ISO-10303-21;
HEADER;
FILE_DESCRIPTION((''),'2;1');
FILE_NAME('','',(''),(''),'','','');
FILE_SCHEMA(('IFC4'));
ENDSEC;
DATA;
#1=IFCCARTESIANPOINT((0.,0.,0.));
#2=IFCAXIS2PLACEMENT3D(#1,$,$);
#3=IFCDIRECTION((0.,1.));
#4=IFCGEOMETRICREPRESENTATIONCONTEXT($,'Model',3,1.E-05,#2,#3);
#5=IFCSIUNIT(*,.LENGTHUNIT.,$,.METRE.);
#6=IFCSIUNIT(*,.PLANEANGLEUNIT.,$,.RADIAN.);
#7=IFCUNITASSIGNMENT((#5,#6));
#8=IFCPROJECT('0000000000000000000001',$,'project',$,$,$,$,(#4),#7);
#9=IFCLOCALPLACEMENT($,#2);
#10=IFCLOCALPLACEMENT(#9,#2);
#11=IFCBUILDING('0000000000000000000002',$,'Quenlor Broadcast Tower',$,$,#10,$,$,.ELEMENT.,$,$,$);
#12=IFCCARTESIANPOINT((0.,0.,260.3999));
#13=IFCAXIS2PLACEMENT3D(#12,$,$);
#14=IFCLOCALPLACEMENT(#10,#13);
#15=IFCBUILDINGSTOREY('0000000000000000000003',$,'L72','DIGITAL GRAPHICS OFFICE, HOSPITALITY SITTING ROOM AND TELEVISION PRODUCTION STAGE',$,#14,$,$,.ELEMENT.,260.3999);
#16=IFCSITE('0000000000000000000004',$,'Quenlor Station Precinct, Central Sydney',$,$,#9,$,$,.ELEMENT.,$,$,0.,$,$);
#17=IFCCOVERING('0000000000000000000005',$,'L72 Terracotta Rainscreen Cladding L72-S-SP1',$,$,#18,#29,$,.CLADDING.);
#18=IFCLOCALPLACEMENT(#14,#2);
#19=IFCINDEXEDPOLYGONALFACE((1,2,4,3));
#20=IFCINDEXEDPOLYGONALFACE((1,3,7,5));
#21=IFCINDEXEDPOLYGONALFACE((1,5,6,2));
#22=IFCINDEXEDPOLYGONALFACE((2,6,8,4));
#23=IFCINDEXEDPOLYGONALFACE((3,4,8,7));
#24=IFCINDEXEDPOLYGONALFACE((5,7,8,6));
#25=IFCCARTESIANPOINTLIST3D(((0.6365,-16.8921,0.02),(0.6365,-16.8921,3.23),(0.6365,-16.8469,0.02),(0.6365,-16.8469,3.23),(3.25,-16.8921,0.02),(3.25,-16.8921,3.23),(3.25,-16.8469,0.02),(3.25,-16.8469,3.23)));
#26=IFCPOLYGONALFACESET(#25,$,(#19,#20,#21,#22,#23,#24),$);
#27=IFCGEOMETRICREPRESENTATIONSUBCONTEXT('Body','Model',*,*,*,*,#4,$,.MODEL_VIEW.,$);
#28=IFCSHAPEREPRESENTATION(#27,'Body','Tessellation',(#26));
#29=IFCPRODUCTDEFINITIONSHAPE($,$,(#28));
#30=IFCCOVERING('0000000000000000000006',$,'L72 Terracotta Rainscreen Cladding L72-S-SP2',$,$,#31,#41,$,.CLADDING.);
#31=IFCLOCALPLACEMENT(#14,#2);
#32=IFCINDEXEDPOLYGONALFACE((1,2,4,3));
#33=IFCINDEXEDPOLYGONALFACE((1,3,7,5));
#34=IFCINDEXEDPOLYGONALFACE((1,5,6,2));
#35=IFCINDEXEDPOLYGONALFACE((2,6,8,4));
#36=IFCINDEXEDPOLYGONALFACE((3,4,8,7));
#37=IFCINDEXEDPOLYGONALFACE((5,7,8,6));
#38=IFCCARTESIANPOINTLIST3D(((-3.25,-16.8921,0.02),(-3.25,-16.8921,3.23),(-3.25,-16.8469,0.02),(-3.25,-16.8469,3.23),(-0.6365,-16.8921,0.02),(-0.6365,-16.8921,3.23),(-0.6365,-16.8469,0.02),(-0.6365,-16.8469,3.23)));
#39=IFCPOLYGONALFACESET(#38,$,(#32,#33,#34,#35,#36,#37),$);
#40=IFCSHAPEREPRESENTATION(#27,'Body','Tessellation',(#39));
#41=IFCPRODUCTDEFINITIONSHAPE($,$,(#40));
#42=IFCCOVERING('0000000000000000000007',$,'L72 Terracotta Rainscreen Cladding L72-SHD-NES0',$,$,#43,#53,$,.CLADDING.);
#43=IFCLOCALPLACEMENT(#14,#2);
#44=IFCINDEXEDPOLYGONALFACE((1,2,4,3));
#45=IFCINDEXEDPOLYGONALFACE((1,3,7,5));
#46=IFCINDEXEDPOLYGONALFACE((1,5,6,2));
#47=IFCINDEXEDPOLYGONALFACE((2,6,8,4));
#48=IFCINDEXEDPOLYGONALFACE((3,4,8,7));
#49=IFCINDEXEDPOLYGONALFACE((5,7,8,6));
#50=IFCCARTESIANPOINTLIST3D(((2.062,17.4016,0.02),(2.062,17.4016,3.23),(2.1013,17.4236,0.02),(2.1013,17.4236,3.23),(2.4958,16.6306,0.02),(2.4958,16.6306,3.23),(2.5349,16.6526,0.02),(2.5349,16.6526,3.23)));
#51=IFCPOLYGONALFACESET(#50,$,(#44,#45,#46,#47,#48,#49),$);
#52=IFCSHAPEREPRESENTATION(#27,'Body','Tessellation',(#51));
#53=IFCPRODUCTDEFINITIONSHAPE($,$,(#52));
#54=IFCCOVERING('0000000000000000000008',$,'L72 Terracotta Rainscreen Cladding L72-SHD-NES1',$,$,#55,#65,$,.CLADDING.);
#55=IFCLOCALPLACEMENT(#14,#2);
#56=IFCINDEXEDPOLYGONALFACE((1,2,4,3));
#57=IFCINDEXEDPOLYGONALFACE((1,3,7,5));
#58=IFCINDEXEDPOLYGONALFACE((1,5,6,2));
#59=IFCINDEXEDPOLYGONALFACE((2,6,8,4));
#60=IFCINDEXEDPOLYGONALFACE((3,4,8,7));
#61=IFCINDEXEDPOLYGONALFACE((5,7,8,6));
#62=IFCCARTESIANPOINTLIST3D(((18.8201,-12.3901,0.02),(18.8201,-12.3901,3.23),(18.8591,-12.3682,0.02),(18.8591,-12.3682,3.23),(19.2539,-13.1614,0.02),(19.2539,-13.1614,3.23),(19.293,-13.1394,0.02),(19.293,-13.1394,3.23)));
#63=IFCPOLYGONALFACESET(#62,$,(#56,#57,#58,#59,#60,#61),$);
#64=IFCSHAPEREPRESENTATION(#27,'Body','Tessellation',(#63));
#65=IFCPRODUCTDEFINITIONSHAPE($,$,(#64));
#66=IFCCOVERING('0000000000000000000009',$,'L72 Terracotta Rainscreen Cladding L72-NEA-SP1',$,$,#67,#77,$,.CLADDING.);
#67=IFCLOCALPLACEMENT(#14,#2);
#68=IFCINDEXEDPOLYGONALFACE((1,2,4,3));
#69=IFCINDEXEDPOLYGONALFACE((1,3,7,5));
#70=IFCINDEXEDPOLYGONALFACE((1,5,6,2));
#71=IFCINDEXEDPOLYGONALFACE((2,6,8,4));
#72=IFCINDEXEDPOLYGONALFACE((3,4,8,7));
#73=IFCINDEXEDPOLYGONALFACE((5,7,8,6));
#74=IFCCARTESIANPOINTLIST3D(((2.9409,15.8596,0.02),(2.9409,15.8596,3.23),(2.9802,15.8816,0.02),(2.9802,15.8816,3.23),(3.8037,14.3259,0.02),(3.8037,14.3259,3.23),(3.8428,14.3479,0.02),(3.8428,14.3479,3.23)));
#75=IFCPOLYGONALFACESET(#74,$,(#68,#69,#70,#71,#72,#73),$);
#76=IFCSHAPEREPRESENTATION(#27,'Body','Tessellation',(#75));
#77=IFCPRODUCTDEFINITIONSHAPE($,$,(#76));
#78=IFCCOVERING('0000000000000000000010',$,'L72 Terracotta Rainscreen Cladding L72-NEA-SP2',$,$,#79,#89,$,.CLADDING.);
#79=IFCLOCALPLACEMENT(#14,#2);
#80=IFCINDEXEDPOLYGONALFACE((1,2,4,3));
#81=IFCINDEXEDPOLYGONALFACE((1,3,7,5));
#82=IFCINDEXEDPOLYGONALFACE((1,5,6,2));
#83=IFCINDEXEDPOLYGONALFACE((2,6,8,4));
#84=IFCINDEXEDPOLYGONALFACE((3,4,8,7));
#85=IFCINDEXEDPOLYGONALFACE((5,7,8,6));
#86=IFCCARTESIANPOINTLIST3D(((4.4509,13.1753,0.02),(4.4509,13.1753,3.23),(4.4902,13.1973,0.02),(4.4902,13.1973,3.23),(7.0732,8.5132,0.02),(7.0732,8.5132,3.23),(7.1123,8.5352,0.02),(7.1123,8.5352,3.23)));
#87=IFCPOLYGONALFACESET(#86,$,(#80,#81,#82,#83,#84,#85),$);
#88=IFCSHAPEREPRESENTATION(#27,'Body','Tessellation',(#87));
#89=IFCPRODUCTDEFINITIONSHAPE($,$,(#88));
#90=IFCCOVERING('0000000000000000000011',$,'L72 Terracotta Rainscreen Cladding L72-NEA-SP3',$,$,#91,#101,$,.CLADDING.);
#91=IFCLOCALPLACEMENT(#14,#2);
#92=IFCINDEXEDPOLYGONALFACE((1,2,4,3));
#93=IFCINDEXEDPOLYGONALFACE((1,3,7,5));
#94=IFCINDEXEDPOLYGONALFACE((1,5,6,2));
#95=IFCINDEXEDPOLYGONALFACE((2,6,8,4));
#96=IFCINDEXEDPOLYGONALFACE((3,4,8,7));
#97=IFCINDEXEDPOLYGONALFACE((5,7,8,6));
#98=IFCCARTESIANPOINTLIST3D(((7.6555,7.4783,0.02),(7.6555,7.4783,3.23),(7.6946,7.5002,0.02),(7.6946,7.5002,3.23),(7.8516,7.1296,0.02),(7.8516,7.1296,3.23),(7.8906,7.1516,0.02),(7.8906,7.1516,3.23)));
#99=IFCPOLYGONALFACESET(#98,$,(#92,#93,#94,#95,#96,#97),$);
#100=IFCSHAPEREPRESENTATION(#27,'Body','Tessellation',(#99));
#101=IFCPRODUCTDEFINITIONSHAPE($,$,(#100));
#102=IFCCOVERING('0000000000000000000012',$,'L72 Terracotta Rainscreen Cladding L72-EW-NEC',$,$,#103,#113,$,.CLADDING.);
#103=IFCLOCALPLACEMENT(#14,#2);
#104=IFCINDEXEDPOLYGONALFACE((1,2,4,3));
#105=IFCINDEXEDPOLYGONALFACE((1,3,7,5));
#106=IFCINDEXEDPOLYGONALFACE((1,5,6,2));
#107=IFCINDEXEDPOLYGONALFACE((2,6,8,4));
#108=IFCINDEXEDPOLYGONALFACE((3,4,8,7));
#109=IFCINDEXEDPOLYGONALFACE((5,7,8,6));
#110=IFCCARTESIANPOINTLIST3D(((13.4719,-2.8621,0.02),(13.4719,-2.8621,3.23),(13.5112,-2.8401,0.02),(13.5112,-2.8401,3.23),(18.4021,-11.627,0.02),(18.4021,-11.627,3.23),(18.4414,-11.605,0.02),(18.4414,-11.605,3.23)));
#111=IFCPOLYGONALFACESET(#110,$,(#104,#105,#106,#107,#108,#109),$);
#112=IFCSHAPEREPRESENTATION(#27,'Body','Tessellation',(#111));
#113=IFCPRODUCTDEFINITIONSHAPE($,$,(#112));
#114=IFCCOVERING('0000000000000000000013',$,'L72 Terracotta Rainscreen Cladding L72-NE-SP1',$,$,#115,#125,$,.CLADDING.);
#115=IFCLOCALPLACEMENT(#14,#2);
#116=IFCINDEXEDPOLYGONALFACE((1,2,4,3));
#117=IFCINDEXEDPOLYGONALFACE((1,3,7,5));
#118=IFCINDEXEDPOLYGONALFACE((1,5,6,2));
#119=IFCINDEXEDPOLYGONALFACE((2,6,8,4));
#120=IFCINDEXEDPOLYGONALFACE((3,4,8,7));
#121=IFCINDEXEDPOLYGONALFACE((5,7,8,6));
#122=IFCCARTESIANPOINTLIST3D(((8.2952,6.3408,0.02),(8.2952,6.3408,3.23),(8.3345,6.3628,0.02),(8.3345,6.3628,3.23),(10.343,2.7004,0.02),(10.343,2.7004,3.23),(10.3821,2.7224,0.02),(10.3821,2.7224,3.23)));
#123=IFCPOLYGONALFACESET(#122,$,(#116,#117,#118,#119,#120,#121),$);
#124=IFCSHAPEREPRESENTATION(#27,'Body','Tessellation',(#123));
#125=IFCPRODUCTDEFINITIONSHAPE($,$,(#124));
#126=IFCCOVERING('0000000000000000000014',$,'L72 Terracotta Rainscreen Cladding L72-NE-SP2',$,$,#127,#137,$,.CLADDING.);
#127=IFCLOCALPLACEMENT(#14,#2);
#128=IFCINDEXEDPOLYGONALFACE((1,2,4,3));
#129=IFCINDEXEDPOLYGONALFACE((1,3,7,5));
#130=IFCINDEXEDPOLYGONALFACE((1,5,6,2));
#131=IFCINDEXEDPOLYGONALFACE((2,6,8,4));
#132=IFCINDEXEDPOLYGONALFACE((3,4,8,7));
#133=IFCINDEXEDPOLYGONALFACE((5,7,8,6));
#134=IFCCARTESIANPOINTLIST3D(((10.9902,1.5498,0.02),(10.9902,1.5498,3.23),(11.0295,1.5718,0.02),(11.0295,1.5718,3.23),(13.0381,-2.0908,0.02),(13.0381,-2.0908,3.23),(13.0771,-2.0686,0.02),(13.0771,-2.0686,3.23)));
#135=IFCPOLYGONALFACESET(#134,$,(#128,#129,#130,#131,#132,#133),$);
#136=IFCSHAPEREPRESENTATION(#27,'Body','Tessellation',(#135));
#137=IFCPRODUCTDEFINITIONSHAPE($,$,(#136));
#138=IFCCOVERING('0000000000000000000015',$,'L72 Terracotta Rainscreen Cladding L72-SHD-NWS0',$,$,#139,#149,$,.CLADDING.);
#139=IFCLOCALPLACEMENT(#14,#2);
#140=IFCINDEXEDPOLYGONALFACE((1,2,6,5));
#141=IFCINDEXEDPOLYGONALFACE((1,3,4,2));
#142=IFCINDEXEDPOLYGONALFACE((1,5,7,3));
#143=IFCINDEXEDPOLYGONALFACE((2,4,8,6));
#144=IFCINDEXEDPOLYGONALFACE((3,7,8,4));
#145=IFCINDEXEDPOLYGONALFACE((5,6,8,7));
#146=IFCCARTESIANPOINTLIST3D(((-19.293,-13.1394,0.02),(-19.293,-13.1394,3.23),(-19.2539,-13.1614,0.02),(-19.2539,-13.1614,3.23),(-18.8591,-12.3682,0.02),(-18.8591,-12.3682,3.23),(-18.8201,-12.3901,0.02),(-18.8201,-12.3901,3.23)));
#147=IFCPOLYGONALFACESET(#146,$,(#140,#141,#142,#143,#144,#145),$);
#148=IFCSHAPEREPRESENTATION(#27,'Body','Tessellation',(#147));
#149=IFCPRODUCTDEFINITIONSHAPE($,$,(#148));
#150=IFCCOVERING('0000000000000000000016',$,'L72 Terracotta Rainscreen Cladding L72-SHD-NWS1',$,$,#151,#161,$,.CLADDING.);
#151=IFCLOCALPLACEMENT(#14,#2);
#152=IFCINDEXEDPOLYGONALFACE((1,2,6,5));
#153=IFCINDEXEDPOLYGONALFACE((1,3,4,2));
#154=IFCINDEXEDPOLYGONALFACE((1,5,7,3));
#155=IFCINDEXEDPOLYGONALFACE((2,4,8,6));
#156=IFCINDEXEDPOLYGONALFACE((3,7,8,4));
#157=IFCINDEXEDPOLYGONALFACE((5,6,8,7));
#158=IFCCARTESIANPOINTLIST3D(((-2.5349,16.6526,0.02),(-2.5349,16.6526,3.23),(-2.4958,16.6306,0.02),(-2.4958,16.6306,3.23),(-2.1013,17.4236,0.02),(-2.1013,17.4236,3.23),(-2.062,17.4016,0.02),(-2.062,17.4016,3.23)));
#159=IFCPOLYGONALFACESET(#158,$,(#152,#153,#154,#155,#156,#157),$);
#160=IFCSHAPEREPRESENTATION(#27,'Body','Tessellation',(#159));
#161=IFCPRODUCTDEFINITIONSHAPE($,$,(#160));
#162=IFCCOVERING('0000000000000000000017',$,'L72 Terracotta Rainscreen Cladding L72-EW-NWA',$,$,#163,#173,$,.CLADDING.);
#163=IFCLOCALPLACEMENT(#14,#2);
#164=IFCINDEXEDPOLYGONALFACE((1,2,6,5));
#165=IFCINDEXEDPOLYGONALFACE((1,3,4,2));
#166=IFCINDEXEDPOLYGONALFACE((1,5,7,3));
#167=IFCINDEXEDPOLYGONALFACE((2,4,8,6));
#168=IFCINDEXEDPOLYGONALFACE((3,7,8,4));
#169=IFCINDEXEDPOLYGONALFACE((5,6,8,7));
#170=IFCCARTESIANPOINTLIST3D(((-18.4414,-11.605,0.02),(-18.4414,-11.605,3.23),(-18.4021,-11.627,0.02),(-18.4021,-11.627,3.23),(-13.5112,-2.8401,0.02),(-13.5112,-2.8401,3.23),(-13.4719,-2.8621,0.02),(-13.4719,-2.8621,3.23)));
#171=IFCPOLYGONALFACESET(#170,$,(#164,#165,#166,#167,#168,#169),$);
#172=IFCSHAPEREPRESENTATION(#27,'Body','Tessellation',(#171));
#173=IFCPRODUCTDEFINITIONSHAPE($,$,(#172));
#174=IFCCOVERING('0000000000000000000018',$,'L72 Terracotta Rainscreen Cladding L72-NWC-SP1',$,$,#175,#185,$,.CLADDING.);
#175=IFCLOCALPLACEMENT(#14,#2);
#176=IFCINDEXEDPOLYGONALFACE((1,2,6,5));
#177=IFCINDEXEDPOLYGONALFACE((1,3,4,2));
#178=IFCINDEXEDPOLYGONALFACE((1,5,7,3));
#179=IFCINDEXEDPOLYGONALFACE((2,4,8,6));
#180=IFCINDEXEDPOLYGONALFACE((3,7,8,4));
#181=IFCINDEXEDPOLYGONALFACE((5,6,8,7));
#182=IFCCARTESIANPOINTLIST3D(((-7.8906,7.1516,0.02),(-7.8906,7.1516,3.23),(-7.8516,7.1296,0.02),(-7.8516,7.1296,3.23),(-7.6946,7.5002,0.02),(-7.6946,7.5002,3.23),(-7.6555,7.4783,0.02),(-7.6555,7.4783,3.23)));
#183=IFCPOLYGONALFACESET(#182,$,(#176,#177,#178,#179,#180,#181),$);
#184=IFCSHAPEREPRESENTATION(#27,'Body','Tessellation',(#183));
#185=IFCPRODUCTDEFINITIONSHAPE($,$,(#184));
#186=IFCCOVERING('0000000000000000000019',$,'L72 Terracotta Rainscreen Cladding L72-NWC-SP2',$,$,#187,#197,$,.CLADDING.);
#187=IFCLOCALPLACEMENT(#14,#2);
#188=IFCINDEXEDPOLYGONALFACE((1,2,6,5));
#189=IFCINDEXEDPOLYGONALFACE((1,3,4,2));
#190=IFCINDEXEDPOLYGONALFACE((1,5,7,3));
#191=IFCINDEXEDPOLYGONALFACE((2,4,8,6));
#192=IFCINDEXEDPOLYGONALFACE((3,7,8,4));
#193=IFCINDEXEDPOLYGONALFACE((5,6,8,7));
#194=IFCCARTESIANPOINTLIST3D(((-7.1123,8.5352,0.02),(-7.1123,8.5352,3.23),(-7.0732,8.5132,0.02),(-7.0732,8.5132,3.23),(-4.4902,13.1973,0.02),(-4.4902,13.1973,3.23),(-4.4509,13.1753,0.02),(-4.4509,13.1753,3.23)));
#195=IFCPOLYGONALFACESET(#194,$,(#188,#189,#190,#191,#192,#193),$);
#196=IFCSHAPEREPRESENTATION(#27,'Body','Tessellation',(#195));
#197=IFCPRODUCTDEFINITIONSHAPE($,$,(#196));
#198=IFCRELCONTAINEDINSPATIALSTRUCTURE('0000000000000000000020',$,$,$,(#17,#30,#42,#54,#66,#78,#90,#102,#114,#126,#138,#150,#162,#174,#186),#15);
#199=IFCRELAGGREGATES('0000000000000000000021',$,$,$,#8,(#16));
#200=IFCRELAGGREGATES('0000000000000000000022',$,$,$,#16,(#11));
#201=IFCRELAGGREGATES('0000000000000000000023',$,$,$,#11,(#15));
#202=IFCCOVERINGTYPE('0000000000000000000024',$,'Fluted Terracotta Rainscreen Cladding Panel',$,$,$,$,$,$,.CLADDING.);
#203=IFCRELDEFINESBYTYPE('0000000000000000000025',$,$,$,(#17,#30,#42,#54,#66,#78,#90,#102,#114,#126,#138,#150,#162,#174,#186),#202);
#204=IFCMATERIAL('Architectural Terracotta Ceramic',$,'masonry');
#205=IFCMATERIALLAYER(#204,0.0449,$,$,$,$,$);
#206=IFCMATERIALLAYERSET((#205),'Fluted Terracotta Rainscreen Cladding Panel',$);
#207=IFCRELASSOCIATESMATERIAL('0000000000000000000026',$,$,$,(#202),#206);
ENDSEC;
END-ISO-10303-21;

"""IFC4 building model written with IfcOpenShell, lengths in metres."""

from ifc_helpers import new_model, si_unit, direction, frame, origin, place, context, subcontext, project, spatial, polyline, outline, extrude, material, layer, layer_set, type_object, element, save


model = new_model("IFC4")

# Units and contexts
model_context = context("Model", 3, precision=1e-05, world=origin(), true_north=direction((0.0, 1.0)))
body_context = subcontext(model_context, "Body", "Model", "MODEL_VIEW")
ifc_project = project(units=[si_unit("LENGTHUNIT", "METRE"), si_unit("PLANEANGLEUNIT", "RADIAN")], contexts=[model_context])

# Site, building, storey
site_placement = place(None, origin())
site = spatial("IfcSite", under=ifc_project, at=site_placement, Name="Quenlor Station Precinct, Central Sydney", CompositionType="ELEMENT", RefElevation=0.0)
building_placement = place(site_placement, origin())
building = spatial("IfcBuilding", under=site, at=building_placement, Name="Quenlor Broadcast Tower", CompositionType="ELEMENT")
storey_placement = place(building_placement, frame((0.0, 0.0, 260.3999)))
storey = spatial("IfcBuildingStorey", under=building, at=storey_placement, Name="L72", Description="DIGITAL GRAPHICS OFFICE, HOSPITALITY SITTING ROOM AND TELEVISION PRODUCTION STAGE", CompositionType="ELEMENT", Elevation=260.3999)

# Coverings
ifc_material_1 = material(Name="Architectural Terracotta Ceramic", Category="masonry")
ifc_layer_1 = layer(ifc_material_1, 0.0449)
ifc_layer_set_1 = layer_set([ifc_layer_1], Name="Fluted Terracotta Rainscreen Cladding Panel")
covering_type = type_object("IfcCoveringType", Name="Fluted Terracotta Rainscreen Cladding Panel", PredefinedType="CLADDING", material=ifc_layer_set_1)
covering_1_placement = place(storey_placement, frame((0.0, 0.0, 0.02)))
element("IfcCovering", 1, at=covering_1_placement, inside=storey, type_object=covering_type, Name="L72 Terracotta Rainscreen Cladding L72-S-SP1", PredefinedType="CLADDING", context=body_context, shape_type="SweptSolid", body=[
    extrude(outline(polyline([(3.25, -16.8469), (0.6365, -16.8469), (0.6365, -16.8921), (3.25, -16.8921), (3.25, -16.8469)])), origin(), (0.0, 0.0, 1.0), 3.21),
])
covering_2_placement = place(storey_placement, frame((0.0, 0.0, 0.02)))
element("IfcCovering", 2, at=covering_2_placement, inside=storey, type_object=covering_type, Name="L72 Terracotta Rainscreen Cladding L72-S-SP2", PredefinedType="CLADDING", context=body_context, shape_type="SweptSolid", body=[
    extrude(outline(polyline([(-0.6365, -16.8469), (-3.25, -16.8469), (-3.25, -16.8921), (-0.6365, -16.8921), (-0.6365, -16.8469)])), origin(), (0.0, 0.0, 1.0), 3.21),
])
covering_3_placement = place(storey_placement, frame((0.0, 0.0, 0.02)))
element("IfcCovering", 3, at=covering_3_placement, inside=storey, type_object=covering_type, Name="L72 Terracotta Rainscreen Cladding L72-SHD-NES0", PredefinedType="CLADDING", context=body_context, shape_type="SweptSolid", body=[
    extrude(outline(polyline([(2.062, 17.4016), (2.4958, 16.6306), (2.5349, 16.6526), (2.1013, 17.4236), (2.062, 17.4016)])), origin(), (0.0, 0.0, 1.0), 3.21),
])
covering_4_placement = place(storey_placement, frame((0.0, 0.0, 0.02)))
element("IfcCovering", 4, at=covering_4_placement, inside=storey, type_object=covering_type, Name="L72 Terracotta Rainscreen Cladding L72-SHD-NES1", PredefinedType="CLADDING", context=body_context, shape_type="SweptSolid", body=[
    extrude(outline(polyline([(18.8201, -12.3901), (19.2539, -13.1614), (19.293, -13.1394), (18.8591, -12.3682), (18.8201, -12.3901)])), origin(), (0.0, 0.0, 1.0), 3.21),
])
covering_5_placement = place(storey_placement, frame((0.0, 0.0, 0.02)))
element("IfcCovering", 5, at=covering_5_placement, inside=storey, type_object=covering_type, Name="L72 Terracotta Rainscreen Cladding L72-NEA-SP1", PredefinedType="CLADDING", context=body_context, shape_type="SweptSolid", body=[
    extrude(outline(polyline([(2.9409, 15.8596), (3.8037, 14.3259), (3.8428, 14.3479), (2.9802, 15.8816), (2.9409, 15.8596)])), origin(), (0.0, 0.0, 1.0), 3.21),
])
covering_6_placement = place(storey_placement, frame((0.0, 0.0, 0.02)))
element("IfcCovering", 6, at=covering_6_placement, inside=storey, type_object=covering_type, Name="L72 Terracotta Rainscreen Cladding L72-NEA-SP2", PredefinedType="CLADDING", context=body_context, shape_type="SweptSolid", body=[
    extrude(outline(polyline([(4.4509, 13.1753), (7.0732, 8.5132), (7.1123, 8.5352), (4.4902, 13.1973), (4.4509, 13.1753)])), origin(), (0.0, 0.0, 1.0), 3.21),
])
covering_7_placement = place(storey_placement, frame((0.0, 0.0, 0.02)))
element("IfcCovering", 7, at=covering_7_placement, inside=storey, type_object=covering_type, Name="L72 Terracotta Rainscreen Cladding L72-NEA-SP3", PredefinedType="CLADDING", context=body_context, shape_type="SweptSolid", body=[
    extrude(outline(polyline([(7.6555, 7.4783), (7.8516, 7.1296), (7.8906, 7.1516), (7.6946, 7.5002), (7.6555, 7.4783)])), origin(), (0.0, 0.0, 1.0), 3.21),
])
covering_8_placement = place(storey_placement, frame((0.0, 0.0, 0.02)))
element("IfcCovering", 8, at=covering_8_placement, inside=storey, type_object=covering_type, Name="L72 Terracotta Rainscreen Cladding L72-EW-NEC", PredefinedType="CLADDING", context=body_context, shape_type="SweptSolid", body=[
    extrude(outline(polyline([(13.4719, -2.8621), (18.4021, -11.627), (18.4414, -11.605), (13.5112, -2.8401), (13.4719, -2.8621)])), origin(), (0.0, 0.0, 1.0), 3.21),
])
covering_9_placement = place(storey_placement, frame((0.0, 0.0, 0.02)))
element("IfcCovering", 9, at=covering_9_placement, inside=storey, type_object=covering_type, Name="L72 Terracotta Rainscreen Cladding L72-NE-SP1", PredefinedType="CLADDING", context=body_context, shape_type="SweptSolid", body=[
    extrude(outline(polyline([(8.2952, 6.3408), (10.343, 2.7004), (10.3821, 2.7224), (8.3345, 6.3628), (8.2952, 6.3408)])), origin(), (0.0, 0.0, 1.0), 3.21),
])
covering_10_placement = place(storey_placement, frame((0.0, 0.0, 0.02)))
element("IfcCovering", 10, at=covering_10_placement, inside=storey, type_object=covering_type, Name="L72 Terracotta Rainscreen Cladding L72-NE-SP2", PredefinedType="CLADDING", context=body_context, shape_type="SweptSolid", body=[
    extrude(outline(polyline([(10.9902, 1.5498), (13.0381, -2.0908), (13.0771, -2.0686), (11.0295, 1.5718), (10.9902, 1.5498)])), origin(), (0.0, 0.0, 1.0), 3.21),
])
covering_11_placement = place(storey_placement, frame((0.0, 0.0, 0.02)))
element("IfcCovering", 11, at=covering_11_placement, inside=storey, type_object=covering_type, Name="L72 Terracotta Rainscreen Cladding L72-SHD-NWS0", PredefinedType="CLADDING", context=body_context, shape_type="SweptSolid", body=[
    extrude(outline(polyline([(-19.2539, -13.1614), (-18.8201, -12.3901), (-18.8591, -12.3682), (-19.293, -13.1394), (-19.2539, -13.1614)])), origin(), (0.0, 0.0, 1.0), 3.21),
])
covering_12_placement = place(storey_placement, frame((0.0, 0.0, 0.02)))
element("IfcCovering", 12, at=covering_12_placement, inside=storey, type_object=covering_type, Name="L72 Terracotta Rainscreen Cladding L72-SHD-NWS1", PredefinedType="CLADDING", context=body_context, shape_type="SweptSolid", body=[
    extrude(outline(polyline([(-2.4958, 16.6306), (-2.062, 17.4016), (-2.1013, 17.4236), (-2.5349, 16.6526), (-2.4958, 16.6306)])), origin(), (0.0, 0.0, 1.0), 3.21),
])
covering_13_placement = place(storey_placement, frame((0.0, 0.0, 0.02)))
element("IfcCovering", 13, at=covering_13_placement, inside=storey, type_object=covering_type, Name="L72 Terracotta Rainscreen Cladding L72-EW-NWA", PredefinedType="CLADDING", context=body_context, shape_type="SweptSolid", body=[
    extrude(outline(polyline([(-18.4021, -11.627), (-13.4719, -2.8621), (-13.5112, -2.8401), (-18.4414, -11.605), (-18.4021, -11.627)])), origin(), (0.0, 0.0, 1.0), 3.21),
])
covering_14_placement = place(storey_placement, frame((0.0, 0.0, 0.02)))
element("IfcCovering", 14, at=covering_14_placement, inside=storey, type_object=covering_type, Name="L72 Terracotta Rainscreen Cladding L72-NWC-SP1", PredefinedType="CLADDING", context=body_context, shape_type="SweptSolid", body=[
    extrude(outline(polyline([(-7.8516, 7.1296), (-7.6555, 7.4783), (-7.6946, 7.5002), (-7.8906, 7.1516), (-7.8516, 7.1296)])), origin(), (0.0, 0.0, 1.0), 3.21),
])
covering_15_placement = place(storey_placement, frame((0.0, 0.0, 0.02)))
element("IfcCovering", 15, at=covering_15_placement, inside=storey, type_object=covering_type, Name="L72 Terracotta Rainscreen Cladding L72-NWC-SP2", PredefinedType="CLADDING", context=body_context, shape_type="SweptSolid", body=[
    extrude(outline(polyline([(-7.0732, 8.5132), (-4.4509, 13.1753), (-4.4902, 13.1973), (-7.1123, 8.5352), (-7.0732, 8.5132)])), origin(), (0.0, 0.0, 1.0), 3.21),
])

save(model, "model.ifc")
